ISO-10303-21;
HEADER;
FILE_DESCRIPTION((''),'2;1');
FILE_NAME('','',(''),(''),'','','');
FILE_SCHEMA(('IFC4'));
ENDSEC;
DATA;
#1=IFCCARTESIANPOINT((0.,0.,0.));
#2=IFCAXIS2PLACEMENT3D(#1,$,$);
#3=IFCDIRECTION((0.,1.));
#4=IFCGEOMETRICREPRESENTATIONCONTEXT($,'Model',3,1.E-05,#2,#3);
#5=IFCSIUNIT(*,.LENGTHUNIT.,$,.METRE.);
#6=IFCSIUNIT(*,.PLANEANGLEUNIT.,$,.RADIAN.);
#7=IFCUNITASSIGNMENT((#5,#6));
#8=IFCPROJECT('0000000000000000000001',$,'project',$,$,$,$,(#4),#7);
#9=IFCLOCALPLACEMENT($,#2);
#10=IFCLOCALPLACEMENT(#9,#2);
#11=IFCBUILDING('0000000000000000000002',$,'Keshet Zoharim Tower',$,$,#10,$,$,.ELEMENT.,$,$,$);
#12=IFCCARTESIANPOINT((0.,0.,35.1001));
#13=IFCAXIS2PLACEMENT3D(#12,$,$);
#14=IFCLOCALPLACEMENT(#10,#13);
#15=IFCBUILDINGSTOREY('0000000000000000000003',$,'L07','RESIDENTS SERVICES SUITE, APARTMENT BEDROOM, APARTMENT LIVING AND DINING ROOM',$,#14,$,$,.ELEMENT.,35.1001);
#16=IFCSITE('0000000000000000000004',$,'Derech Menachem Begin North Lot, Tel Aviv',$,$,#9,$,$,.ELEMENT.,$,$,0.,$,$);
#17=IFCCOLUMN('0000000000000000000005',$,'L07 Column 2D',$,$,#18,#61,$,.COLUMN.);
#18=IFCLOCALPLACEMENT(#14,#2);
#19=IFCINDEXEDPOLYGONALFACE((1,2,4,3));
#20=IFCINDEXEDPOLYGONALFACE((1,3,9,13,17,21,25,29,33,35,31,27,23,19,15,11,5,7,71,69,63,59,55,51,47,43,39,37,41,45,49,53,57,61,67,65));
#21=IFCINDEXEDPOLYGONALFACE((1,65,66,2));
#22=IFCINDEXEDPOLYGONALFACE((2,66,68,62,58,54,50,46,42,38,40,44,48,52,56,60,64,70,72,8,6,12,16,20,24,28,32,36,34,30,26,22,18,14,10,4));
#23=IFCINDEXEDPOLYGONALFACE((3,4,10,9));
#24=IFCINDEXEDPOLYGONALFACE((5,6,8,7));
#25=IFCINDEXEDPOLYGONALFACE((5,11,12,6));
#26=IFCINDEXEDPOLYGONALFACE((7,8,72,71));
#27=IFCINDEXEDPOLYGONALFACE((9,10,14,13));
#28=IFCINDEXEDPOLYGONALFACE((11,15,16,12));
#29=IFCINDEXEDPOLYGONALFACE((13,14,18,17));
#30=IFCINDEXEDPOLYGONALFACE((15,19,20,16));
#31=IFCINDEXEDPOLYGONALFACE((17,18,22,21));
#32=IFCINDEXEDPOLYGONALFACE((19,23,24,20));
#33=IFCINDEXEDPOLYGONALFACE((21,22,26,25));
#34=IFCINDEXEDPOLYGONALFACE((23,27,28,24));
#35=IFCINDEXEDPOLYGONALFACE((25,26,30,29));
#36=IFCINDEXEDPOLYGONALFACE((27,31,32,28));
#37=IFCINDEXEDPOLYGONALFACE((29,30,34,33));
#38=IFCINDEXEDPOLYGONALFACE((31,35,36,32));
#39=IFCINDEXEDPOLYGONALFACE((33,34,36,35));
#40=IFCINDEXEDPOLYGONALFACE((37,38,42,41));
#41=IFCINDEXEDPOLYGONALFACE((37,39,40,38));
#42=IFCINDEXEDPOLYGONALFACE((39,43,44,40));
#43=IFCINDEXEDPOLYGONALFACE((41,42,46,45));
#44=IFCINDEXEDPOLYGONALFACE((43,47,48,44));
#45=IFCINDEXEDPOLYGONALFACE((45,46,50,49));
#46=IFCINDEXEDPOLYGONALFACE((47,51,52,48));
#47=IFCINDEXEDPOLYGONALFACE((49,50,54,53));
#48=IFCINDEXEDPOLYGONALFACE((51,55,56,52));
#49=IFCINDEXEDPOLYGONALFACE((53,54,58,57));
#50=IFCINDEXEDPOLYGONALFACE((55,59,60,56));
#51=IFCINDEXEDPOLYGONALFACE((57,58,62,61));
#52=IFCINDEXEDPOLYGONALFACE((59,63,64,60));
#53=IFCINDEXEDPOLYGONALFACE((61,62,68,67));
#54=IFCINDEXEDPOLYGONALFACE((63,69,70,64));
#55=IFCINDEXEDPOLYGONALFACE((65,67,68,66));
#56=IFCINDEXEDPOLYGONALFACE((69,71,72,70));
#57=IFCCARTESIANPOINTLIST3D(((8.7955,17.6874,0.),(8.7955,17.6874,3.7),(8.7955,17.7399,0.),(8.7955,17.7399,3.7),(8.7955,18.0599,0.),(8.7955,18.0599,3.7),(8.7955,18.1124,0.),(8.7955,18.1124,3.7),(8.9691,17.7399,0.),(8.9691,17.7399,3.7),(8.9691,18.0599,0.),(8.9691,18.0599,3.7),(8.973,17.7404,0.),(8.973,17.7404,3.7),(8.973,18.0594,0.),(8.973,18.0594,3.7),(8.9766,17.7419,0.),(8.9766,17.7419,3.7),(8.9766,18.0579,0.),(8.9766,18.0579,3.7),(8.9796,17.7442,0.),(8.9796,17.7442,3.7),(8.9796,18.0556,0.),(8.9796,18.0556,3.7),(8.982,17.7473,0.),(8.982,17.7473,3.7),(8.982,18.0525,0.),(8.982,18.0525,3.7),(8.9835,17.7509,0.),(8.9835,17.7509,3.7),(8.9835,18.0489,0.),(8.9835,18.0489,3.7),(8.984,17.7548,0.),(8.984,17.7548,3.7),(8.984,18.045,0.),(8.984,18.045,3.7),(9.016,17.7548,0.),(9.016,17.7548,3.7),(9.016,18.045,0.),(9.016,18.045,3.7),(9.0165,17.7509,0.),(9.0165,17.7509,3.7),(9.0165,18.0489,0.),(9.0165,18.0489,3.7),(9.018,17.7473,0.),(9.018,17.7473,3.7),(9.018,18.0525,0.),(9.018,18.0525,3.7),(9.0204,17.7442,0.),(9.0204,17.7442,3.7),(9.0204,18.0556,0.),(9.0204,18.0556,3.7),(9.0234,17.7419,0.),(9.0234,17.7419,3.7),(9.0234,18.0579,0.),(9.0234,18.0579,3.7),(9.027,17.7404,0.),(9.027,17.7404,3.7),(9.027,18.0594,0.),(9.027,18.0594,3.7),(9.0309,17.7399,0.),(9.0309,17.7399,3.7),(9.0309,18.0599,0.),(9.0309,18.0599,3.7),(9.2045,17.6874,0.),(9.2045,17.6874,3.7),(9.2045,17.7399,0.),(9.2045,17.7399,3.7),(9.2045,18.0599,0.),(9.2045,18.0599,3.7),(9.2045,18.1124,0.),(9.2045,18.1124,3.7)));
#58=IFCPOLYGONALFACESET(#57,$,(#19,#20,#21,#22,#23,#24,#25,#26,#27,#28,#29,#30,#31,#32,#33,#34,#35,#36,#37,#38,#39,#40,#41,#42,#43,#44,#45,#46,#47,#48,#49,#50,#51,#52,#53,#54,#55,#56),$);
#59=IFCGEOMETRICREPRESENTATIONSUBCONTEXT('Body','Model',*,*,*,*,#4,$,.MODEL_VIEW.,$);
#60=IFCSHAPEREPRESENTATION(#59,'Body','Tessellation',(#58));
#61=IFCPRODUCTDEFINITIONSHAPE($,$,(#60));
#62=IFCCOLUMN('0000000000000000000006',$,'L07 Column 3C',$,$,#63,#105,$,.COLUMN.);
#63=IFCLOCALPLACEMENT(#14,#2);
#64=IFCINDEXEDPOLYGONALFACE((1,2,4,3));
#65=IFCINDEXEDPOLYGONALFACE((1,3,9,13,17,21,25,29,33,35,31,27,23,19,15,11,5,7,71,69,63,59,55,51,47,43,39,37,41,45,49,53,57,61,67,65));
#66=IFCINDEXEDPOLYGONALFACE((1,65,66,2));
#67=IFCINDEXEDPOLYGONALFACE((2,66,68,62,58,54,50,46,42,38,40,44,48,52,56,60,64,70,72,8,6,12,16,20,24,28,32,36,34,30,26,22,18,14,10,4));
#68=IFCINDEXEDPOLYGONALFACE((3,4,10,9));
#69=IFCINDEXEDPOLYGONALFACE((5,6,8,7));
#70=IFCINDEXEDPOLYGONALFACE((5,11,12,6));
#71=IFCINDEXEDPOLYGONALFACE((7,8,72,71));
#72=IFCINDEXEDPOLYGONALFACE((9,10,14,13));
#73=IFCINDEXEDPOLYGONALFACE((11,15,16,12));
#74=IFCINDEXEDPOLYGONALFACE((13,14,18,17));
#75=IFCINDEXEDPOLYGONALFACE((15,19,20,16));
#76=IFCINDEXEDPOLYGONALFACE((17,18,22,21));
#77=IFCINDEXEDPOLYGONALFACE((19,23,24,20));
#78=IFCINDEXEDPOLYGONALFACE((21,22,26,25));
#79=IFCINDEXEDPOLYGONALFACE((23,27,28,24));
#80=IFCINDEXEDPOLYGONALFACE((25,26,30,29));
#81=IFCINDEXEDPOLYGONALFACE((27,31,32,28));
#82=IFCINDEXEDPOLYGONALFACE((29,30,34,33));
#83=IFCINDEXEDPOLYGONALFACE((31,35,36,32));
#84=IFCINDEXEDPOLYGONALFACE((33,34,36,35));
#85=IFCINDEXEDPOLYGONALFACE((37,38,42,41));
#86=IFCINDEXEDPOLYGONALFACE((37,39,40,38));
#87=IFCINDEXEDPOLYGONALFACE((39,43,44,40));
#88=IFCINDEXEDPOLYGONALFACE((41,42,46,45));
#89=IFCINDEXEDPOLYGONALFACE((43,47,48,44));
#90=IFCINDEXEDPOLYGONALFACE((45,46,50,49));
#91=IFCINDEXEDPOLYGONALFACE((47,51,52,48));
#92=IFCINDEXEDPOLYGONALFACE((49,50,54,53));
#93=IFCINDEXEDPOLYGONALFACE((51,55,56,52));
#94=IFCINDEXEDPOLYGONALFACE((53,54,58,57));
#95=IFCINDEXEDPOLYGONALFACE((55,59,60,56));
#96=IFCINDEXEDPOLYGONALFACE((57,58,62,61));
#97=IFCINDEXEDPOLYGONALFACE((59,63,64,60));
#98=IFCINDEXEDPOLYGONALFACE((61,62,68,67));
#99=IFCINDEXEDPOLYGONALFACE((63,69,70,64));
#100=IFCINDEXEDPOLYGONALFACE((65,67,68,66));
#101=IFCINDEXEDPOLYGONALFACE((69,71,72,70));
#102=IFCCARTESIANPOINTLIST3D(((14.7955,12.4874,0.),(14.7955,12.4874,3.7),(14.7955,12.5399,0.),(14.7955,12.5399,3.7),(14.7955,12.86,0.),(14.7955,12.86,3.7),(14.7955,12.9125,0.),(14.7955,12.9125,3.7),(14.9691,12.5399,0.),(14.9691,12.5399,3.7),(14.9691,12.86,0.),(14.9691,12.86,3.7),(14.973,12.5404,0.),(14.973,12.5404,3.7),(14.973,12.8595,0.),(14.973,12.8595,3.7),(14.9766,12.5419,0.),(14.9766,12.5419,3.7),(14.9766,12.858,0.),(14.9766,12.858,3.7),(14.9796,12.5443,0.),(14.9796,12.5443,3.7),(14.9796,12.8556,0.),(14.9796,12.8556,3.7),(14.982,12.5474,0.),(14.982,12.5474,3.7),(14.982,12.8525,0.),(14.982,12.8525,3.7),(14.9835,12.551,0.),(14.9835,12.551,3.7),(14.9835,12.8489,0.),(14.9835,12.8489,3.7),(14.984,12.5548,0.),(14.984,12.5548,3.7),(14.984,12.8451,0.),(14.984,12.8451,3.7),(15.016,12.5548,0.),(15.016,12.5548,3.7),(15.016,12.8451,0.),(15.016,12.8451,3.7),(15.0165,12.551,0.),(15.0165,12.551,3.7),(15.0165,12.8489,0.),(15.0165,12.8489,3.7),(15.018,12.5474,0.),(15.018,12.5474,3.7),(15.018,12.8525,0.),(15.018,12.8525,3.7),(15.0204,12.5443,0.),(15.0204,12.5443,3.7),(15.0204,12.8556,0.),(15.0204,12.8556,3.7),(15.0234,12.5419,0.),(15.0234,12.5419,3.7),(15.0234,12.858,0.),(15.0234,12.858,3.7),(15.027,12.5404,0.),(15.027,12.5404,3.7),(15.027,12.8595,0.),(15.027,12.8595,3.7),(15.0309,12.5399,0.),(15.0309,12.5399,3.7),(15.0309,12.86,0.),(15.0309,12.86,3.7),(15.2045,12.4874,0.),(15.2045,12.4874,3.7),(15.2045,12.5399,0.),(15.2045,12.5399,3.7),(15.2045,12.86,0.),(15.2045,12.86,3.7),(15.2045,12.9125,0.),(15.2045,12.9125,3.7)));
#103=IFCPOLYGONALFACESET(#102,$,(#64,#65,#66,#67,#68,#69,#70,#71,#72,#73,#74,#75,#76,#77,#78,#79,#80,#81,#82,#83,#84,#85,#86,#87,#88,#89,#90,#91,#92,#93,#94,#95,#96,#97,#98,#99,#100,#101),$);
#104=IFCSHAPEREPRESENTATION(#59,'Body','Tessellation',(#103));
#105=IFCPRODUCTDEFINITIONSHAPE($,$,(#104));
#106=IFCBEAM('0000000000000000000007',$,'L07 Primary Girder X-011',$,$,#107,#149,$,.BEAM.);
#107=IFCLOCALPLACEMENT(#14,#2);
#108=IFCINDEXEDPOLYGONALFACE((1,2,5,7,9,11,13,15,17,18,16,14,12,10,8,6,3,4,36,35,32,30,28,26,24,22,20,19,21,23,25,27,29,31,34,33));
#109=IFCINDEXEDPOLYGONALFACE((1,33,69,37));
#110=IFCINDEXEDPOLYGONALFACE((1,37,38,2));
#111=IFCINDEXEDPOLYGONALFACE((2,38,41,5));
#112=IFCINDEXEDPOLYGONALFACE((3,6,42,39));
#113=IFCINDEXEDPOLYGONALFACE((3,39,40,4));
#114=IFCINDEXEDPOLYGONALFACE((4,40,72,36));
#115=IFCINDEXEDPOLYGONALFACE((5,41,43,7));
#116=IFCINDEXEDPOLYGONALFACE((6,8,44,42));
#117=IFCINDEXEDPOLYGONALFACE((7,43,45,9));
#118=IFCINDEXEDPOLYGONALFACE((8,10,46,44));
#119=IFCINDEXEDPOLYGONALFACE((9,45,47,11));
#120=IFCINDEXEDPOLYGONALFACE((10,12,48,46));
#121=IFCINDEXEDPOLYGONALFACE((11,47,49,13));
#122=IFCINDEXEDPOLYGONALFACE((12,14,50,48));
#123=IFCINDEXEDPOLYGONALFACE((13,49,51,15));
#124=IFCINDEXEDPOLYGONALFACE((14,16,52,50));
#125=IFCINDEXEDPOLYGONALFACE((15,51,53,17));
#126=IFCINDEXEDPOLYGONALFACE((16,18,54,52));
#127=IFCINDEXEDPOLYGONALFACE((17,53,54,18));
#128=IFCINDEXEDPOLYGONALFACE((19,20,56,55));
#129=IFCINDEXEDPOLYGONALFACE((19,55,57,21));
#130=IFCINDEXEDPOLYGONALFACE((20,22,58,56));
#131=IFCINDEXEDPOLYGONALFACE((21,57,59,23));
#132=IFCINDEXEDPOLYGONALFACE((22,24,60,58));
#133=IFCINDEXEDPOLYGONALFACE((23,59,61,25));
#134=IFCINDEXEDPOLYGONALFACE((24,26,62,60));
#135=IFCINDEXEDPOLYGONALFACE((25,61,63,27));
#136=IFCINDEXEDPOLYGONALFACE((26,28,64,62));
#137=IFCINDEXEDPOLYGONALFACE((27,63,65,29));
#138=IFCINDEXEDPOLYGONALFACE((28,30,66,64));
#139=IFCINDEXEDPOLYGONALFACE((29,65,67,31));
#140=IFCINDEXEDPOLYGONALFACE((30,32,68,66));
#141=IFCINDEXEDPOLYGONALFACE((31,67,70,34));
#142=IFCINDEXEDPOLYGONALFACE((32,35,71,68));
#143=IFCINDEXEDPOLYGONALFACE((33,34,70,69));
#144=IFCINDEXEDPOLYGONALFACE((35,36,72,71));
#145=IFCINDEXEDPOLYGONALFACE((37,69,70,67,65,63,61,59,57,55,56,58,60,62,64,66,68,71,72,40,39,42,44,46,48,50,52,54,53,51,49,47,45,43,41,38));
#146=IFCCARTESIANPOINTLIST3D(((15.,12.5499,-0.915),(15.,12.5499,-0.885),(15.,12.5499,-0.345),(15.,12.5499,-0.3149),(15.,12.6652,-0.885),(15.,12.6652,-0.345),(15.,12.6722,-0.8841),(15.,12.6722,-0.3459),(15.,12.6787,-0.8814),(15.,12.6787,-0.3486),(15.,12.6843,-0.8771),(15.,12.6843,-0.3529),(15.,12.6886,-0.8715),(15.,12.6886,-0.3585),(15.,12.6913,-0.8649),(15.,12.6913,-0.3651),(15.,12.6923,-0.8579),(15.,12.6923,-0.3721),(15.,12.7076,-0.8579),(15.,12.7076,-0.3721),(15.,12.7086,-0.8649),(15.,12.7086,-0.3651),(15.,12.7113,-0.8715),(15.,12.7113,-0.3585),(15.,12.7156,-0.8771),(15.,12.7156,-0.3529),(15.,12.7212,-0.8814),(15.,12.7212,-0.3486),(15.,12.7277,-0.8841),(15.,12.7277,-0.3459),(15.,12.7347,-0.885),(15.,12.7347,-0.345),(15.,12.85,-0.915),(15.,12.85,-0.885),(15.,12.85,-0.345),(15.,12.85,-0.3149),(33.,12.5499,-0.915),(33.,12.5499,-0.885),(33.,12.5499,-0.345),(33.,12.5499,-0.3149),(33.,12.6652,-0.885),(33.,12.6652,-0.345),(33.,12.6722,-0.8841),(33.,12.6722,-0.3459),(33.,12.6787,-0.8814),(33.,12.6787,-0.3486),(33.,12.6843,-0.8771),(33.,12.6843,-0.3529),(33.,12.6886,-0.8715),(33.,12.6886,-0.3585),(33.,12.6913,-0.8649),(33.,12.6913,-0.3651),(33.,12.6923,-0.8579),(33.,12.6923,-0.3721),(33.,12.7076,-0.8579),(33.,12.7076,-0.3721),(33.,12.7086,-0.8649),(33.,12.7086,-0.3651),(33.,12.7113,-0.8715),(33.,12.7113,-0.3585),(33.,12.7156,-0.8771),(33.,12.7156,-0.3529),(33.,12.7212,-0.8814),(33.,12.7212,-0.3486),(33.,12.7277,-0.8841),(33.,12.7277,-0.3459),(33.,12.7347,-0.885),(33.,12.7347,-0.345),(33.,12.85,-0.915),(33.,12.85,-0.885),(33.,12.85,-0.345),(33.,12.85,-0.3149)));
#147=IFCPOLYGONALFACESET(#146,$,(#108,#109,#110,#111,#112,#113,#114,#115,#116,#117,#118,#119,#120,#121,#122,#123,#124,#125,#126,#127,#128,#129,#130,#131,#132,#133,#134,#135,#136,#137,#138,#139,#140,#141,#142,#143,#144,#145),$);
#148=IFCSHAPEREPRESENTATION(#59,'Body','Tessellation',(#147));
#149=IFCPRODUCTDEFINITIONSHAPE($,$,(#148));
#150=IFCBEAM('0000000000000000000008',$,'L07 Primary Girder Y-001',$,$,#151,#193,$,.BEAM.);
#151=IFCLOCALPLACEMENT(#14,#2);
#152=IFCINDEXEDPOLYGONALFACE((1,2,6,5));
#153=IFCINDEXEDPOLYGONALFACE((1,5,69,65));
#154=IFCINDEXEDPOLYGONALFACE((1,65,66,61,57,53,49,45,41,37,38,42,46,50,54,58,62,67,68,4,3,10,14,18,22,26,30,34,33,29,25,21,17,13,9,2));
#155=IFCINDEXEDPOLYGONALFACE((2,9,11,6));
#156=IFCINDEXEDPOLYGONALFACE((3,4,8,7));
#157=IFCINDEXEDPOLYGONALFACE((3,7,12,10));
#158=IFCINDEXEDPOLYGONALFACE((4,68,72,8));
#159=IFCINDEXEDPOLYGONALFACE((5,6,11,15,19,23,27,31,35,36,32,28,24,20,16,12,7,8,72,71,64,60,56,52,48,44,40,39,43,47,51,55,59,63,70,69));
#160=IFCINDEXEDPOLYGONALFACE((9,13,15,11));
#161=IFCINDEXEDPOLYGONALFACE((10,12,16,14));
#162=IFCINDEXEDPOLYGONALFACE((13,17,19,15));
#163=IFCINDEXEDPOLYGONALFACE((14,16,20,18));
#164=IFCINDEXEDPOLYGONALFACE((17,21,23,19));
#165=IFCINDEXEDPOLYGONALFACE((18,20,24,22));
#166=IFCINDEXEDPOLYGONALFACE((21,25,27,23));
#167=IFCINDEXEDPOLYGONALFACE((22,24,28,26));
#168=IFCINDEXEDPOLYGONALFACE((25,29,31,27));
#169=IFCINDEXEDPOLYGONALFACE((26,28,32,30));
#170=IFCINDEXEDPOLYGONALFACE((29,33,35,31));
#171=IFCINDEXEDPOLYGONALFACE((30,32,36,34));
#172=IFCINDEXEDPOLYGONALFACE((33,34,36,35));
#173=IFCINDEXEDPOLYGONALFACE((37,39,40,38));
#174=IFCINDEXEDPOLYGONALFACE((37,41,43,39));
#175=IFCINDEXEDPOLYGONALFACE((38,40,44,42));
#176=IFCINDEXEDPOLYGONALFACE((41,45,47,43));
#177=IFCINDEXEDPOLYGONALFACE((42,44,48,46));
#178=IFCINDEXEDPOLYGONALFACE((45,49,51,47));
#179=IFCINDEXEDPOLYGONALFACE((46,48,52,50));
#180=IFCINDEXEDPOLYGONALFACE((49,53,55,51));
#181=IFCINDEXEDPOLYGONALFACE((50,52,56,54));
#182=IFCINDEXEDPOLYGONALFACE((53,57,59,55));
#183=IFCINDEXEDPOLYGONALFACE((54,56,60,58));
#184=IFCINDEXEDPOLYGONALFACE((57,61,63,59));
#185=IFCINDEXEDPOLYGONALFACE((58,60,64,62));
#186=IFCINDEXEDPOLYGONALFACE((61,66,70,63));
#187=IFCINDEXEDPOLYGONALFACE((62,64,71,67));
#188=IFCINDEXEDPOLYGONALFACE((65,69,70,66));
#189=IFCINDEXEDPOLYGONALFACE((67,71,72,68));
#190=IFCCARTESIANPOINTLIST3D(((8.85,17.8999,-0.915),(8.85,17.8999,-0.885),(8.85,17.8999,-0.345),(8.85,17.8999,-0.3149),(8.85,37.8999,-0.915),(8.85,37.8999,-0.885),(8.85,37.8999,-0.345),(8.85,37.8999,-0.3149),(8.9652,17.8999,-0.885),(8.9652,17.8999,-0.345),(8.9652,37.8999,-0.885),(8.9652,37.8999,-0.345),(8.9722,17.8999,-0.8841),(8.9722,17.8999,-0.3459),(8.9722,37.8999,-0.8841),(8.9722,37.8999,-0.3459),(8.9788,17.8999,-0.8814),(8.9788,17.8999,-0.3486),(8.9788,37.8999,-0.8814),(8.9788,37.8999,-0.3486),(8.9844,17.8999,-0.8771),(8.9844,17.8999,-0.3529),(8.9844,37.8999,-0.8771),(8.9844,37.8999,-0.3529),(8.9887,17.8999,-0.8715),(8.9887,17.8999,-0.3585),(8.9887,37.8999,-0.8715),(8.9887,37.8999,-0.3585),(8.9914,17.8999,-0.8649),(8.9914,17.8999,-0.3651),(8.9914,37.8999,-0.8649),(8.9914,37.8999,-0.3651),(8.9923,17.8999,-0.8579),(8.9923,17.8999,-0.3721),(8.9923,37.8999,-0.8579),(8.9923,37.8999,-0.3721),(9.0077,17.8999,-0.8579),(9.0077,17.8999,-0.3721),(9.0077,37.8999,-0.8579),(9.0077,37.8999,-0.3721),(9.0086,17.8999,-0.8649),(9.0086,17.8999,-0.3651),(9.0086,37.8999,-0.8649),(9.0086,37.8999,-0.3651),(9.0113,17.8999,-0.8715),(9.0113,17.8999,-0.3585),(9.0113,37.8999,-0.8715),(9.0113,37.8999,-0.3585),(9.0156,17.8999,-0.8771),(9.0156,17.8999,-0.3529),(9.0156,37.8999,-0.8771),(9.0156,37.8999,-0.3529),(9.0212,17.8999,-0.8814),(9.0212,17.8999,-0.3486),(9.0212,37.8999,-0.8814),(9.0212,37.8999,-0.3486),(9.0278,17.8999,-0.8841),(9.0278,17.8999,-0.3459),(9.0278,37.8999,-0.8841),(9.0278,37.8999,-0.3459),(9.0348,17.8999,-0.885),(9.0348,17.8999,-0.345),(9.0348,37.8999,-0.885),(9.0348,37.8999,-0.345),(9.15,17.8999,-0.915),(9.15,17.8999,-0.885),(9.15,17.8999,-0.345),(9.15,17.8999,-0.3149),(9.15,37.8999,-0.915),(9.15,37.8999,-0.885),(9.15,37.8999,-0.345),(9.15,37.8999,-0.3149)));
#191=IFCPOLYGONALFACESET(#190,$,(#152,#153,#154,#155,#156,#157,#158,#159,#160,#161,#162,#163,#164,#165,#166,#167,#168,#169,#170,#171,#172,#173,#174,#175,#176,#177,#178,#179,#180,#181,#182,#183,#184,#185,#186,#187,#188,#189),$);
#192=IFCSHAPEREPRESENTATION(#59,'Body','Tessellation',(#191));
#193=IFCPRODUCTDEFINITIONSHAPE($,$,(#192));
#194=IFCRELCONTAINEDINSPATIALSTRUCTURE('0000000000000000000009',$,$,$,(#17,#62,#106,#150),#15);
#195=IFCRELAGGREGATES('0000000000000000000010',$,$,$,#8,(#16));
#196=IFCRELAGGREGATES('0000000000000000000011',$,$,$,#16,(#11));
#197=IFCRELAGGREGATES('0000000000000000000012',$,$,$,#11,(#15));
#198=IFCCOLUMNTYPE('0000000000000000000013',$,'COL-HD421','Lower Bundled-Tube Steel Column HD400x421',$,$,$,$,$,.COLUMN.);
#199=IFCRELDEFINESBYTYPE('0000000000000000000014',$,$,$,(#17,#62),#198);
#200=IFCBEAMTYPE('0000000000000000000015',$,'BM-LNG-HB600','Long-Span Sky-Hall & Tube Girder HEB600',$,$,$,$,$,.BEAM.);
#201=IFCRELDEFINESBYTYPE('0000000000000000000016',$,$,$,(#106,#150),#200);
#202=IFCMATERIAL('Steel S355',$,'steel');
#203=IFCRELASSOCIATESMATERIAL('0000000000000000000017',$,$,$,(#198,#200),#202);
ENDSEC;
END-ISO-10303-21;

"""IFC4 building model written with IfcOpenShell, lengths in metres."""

from ifc_helpers import new_model, si_unit, direction, frame, origin, origin_2d, place, context, subcontext, project, spatial, i_section, extrude, material, material_profile, profile_set, type_object, element, save


model = new_model("IFC4")

# Units and contexts
model_context = context("Model", 3, precision=1e-05, world=origin(), true_north=direction((0.0, 1.0)))
body_context = subcontext(model_context, "Body", "Model", "MODEL_VIEW")
ifc_project = project(units=[si_unit("LENGTHUNIT", "METRE"), si_unit("PLANEANGLEUNIT", "RADIAN")], contexts=[model_context])

# Site, building, storey
site_placement = place(None, origin())
site = spatial("IfcSite", under=ifc_project, at=site_placement, Name="Derech Menachem Begin North Lot, Tel Aviv", CompositionType="ELEMENT", RefElevation=0.0)
building_placement = place(site_placement, origin())
building = spatial("IfcBuilding", under=site, at=building_placement, Name="Keshet Zoharim Tower", CompositionType="ELEMENT")
storey_placement = place(building_placement, frame((0.0, 0.0, 35.1001)))
storey = spatial("IfcBuildingStorey", under=building, at=storey_placement, Name="L07", Description="RESIDENTS SERVICES SUITE, APARTMENT BEDROOM, APARTMENT LIVING AND DINING ROOM", CompositionType="ELEMENT", Elevation=35.1001)

# Columns
ifc_material_1 = material(Name="Steel S355", Category="steel")
ifc_material_profile_1 = material_profile(ifc_material_1, i_section(OverallWidth=0.4089, OverallDepth=0.425, WebThickness=0.032, FlangeThickness=0.0525, FilletRadius=0.0149, at=origin_2d()), Name="HD400x421")
ifc_profile_set_1 = profile_set([ifc_material_profile_1], Name="Steel S355")
column_type = type_object("IfcColumnType", Name="COL-HD421", Description="Lower Bundled-Tube Steel Column HD400x421", PredefinedType="COLUMN", material=ifc_profile_set_1)
for number, where, z_axis, x_axis, name in (
    (1, (9.0, 17.8999, 0.0), (0.0, 0.0, 1.0), (1.0, 0.0, 0.0), "L07 Column 2D"),
    (2, (15.0, 12.7, 0.0), (0.0, 0.0, 1.0), (1.0, 0.0, 0.0), "L07 Column 3C"),
):
    element("IfcColumn", number, at=place(storey_placement, frame(where, z_axis=z_axis, x_axis=x_axis)), inside=storey, type_object=column_type, Name=name, PredefinedType="COLUMN", context=body_context, shape_type="SweptSolid", body=[
        extrude(i_section(OverallWidth=0.4089, OverallDepth=0.425, WebThickness=0.032, FlangeThickness=0.0525, FilletRadius=0.0149, at=origin_2d()), origin(), (0.0, 0.0, 1.0), 3.7),
    ])

# Beams
ifc_material_profile_2 = material_profile(ifc_material_1, i_section(OverallWidth=0.3, OverallDepth=0.6001, WebThickness=0.0154, FlangeThickness=0.03, FilletRadius=0.0271, at=origin_2d()), Name="HEB600")
ifc_profile_set_2 = profile_set([ifc_material_profile_2], Name="Steel S355")
beam_type_1 = type_object("IfcBeamType", Name="BM-LNG-HB600", Description="Long-Span Sky-Hall & Tube Girder HEB600", PredefinedType="BEAM", material=ifc_profile_set_2)
beam_1_placement = place(storey_placement, frame((15.0, 12.7, -0.615), z_axis=(1.0, 0.0, 0.0), x_axis=(0.0, 1.0, 0.0)))
element("IfcBeam", 3, at=beam_1_placement, inside=storey, type_object=beam_type_1, Name="L07 Primary Girder X-011", PredefinedType="BEAM", context=body_context, shape_type="SweptSolid", body=[
    extrude(i_section(OverallWidth=0.3, OverallDepth=0.6001, WebThickness=0.0154, FlangeThickness=0.03, FilletRadius=0.0271, at=origin_2d()), origin(), (0.0, 0.0, 1.0), 18.0),
])
beam_2_placement = place(storey_placement, frame((9.0, 17.8999, -0.615), z_axis=(0.0, 1.0, 0.0), x_axis=(-1.0, 0.0, 0.0)))
element("IfcBeam", 4, at=beam_2_placement, inside=storey, type_object=beam_type_1, Name="L07 Primary Girder Y-001", PredefinedType="BEAM", context=body_context, shape_type="SweptSolid", body=[
    extrude(i_section(OverallWidth=0.3, OverallDepth=0.6001, WebThickness=0.0154, FlangeThickness=0.03, FilletRadius=0.0271, at=origin_2d()), origin(), (0.0, 0.0, 1.0), 20.0),
])

save(model, "model.ifc")
